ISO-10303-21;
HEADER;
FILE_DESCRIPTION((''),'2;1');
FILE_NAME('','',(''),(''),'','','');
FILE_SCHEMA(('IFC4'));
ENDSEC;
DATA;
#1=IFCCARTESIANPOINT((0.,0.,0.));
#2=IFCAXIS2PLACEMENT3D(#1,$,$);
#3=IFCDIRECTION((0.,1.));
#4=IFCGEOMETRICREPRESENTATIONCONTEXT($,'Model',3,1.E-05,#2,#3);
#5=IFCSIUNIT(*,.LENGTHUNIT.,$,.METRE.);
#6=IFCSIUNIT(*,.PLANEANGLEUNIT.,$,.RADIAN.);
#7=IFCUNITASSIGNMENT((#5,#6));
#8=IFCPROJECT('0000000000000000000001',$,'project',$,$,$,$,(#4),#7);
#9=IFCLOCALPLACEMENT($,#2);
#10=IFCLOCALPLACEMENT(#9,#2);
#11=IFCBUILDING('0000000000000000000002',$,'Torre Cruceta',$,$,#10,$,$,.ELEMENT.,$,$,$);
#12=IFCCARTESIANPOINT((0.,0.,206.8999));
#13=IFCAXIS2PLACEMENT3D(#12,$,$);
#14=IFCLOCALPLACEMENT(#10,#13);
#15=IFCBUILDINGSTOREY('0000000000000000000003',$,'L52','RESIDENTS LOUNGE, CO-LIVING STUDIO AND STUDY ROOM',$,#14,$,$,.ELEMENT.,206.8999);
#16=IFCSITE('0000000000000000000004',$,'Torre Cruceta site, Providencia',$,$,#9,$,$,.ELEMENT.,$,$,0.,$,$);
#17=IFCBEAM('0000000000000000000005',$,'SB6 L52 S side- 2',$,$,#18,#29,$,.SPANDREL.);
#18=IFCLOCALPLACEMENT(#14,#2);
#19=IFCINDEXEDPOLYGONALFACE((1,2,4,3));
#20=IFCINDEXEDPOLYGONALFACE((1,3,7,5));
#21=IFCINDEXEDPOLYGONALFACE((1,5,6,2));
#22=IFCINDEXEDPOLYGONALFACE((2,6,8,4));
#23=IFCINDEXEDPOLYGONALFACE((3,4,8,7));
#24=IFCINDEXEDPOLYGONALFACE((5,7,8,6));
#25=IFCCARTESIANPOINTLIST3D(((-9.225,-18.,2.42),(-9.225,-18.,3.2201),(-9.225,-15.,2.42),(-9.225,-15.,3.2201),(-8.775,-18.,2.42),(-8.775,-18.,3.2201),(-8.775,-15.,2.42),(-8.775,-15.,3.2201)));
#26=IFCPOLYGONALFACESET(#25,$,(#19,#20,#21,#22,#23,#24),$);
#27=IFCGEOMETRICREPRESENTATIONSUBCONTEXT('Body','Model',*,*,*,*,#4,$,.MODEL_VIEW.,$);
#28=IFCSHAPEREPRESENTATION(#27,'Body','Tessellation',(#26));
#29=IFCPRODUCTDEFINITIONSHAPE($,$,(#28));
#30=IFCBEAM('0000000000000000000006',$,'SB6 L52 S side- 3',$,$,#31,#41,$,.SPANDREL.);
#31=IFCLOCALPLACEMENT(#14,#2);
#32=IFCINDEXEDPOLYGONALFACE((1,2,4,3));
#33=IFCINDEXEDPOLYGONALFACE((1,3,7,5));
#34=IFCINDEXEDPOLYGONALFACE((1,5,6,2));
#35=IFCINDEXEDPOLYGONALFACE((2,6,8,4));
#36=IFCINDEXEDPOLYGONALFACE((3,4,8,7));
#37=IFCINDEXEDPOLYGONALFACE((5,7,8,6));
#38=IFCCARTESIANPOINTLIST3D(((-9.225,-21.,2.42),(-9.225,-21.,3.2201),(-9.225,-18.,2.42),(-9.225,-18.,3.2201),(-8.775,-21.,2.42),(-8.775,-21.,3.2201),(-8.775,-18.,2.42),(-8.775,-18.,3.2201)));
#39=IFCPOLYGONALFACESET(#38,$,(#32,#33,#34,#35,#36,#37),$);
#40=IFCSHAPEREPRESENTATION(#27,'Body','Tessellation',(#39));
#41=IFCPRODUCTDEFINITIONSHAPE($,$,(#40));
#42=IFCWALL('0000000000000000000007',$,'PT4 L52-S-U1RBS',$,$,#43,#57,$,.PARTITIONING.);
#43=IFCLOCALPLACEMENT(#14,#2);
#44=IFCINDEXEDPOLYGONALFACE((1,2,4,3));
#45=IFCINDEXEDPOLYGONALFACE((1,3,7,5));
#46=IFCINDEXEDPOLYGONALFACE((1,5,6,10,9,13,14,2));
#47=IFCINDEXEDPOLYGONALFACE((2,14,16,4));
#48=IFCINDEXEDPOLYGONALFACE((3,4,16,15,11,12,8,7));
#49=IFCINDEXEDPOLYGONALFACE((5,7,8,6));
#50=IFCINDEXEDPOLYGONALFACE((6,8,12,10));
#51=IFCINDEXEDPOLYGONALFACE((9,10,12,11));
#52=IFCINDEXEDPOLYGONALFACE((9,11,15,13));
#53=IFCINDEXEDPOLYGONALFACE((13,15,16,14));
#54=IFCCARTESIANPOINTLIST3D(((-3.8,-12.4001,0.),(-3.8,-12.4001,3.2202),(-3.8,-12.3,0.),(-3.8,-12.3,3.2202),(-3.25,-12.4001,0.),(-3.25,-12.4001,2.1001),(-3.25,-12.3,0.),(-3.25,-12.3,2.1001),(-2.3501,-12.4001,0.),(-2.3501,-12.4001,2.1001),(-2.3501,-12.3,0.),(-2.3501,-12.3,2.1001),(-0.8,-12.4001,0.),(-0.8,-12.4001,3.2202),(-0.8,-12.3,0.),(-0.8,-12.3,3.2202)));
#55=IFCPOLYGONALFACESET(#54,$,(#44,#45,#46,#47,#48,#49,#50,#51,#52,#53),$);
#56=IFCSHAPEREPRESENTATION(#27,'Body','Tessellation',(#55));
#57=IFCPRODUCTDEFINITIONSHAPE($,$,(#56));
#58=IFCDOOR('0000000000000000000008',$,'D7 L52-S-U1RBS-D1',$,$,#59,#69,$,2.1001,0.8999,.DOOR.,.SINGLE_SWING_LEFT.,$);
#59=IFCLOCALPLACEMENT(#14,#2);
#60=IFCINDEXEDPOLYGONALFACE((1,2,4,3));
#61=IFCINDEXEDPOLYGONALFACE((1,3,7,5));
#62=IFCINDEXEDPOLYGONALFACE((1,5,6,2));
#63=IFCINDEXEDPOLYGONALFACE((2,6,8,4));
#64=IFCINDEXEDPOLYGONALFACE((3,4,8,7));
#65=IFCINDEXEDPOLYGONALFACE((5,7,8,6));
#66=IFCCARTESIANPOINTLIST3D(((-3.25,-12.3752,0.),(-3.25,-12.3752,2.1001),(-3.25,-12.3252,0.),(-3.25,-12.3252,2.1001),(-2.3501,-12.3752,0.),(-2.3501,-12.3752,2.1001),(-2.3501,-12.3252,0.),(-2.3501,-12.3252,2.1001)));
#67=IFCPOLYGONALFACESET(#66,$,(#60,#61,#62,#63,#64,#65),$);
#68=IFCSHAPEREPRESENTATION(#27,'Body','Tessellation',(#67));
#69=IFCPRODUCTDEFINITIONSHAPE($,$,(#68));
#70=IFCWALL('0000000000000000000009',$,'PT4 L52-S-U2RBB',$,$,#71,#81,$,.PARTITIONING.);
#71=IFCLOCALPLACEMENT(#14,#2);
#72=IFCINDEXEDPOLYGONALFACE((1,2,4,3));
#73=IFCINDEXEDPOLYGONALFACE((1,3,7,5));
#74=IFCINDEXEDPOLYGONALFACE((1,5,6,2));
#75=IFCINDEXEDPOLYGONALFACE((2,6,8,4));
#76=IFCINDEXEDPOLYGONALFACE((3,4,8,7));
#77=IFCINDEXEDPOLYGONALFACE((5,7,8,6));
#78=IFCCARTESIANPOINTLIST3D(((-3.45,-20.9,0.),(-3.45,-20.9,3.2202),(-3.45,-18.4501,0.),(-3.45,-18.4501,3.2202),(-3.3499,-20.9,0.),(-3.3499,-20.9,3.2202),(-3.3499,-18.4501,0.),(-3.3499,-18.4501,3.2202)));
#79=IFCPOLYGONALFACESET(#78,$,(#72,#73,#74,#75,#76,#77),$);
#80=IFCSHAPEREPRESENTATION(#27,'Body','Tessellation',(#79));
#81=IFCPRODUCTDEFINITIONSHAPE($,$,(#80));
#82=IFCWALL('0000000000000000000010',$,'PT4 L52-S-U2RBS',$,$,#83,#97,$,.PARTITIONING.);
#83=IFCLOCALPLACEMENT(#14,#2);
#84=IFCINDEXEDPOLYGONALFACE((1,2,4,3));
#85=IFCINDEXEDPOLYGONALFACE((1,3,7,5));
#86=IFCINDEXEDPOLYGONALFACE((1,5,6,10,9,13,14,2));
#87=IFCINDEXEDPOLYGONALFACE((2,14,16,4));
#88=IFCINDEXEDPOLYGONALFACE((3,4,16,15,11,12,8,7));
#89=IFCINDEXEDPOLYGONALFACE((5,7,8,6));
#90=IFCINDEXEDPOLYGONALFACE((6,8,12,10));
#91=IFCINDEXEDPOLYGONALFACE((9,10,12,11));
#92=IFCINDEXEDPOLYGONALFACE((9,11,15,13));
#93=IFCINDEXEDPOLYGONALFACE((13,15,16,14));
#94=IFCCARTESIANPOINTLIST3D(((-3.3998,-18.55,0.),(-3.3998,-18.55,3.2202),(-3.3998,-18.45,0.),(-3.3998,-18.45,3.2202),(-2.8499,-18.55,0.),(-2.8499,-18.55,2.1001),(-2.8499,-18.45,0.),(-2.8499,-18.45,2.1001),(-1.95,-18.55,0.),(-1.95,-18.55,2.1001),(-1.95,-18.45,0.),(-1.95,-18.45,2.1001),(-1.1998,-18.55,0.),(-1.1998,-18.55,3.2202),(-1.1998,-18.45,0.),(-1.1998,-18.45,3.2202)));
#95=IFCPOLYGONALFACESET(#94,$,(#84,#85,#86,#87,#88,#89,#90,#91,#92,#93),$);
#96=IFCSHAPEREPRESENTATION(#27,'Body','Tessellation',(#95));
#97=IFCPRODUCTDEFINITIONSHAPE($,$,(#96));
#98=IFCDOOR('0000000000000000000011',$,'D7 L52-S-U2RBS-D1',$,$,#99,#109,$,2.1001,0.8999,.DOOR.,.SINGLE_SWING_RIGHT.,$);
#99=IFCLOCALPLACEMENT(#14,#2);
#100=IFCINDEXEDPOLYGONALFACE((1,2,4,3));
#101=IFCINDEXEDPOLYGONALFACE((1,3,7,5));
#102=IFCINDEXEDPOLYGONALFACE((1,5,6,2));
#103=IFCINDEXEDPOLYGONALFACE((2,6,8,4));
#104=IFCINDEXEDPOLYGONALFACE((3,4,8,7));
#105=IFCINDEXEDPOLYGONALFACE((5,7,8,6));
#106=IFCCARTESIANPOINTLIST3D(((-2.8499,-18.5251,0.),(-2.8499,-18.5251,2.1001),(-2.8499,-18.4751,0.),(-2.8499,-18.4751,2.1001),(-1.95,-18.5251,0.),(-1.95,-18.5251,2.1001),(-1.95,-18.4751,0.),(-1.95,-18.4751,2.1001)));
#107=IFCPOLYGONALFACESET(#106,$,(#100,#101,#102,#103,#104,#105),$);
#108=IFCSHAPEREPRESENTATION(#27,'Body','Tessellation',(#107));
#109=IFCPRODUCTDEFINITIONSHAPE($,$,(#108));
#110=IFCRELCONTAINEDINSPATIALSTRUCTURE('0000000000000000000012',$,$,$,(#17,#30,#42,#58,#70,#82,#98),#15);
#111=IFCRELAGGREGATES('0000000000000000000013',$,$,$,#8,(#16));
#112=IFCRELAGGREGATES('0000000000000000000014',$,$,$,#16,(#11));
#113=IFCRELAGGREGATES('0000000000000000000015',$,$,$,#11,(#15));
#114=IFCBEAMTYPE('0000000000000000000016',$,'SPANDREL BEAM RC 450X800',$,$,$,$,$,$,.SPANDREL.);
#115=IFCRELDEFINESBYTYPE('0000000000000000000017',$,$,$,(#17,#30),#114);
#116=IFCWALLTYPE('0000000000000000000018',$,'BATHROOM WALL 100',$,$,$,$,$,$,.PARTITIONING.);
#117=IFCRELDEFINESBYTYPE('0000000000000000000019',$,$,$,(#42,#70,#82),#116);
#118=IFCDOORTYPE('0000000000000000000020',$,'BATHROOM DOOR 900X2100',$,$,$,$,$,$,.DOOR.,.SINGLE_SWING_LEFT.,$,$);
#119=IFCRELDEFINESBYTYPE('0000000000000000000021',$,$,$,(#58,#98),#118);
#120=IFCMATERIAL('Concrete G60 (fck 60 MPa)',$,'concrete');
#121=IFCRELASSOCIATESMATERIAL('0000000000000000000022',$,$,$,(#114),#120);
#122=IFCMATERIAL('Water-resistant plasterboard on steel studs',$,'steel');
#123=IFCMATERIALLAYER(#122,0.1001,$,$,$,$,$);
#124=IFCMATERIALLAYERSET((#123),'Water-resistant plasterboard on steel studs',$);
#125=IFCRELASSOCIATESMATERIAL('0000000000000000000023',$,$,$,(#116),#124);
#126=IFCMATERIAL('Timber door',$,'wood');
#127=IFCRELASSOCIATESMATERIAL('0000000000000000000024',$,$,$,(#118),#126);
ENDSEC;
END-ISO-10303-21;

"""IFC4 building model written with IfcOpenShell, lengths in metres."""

from ifc_helpers import new_model, si_unit, direction, frame, frame_2d, origin, origin_2d, place, context, subcontext, project, spatial, rectangle, extrude, material, layer, layer_set, material_profile, profile_set, type_object, element, fill, save


model = new_model("IFC4")

# Units and contexts
model_context = context("Model", 3, precision=1e-05, world=origin(), true_north=direction((0.0, 1.0)))
body_context = subcontext(model_context, "Body", "Model", "MODEL_VIEW")
ifc_project = project(units=[si_unit("LENGTHUNIT", "METRE"), si_unit("PLANEANGLEUNIT", "RADIAN")], contexts=[model_context])

# Site, building, storey
site_placement = place(None, origin())
site = spatial("IfcSite", under=ifc_project, at=site_placement, Name="Torre Cruceta site, Providencia", CompositionType="ELEMENT", RefElevation=0.0)
building_placement = place(site_placement, origin())
building = spatial("IfcBuilding", under=site, at=building_placement, Name="Torre Cruceta", CompositionType="ELEMENT")
storey_placement = place(building_placement, frame((0.0, 0.0, 206.8999)))
storey = spatial("IfcBuildingStorey", under=building, at=storey_placement, Name="L52", Description="RESIDENTS LOUNGE, CO-LIVING STUDIO AND STUDY ROOM", CompositionType="ELEMENT", Elevation=206.8999)

# Beams
ifc_material_1 = material(Name="Concrete G60 (fck 60 MPa)", Category="concrete")
ifc_material_profile_1 = material_profile(ifc_material_1, rectangle(XDim=0.45, YDim=0.8, at=origin_2d()), Name="RC 450X800")
ifc_profile_set_1 = profile_set([ifc_material_profile_1], Name="Concrete G60 (fck 60 MPa)")
beam_type_1 = type_object("IfcBeamType", Name="SPANDREL BEAM RC 450X800", PredefinedType="SPANDREL", material=ifc_profile_set_1)
for number, where, z_axis, x_axis, name in (
    (1, (-9.0, -15.0, 2.8201), (0.0, -1.0, 0.0), (1.0, 0.0, 0.0), "SB6 L52 S side- 2"),
    (2, (-9.0, -18.0, 2.8201), (0.0, -1.0, 0.0), (1.0, 0.0, 0.0), "SB6 L52 S side- 3"),
):
    element("IfcBeam", number, at=place(storey_placement, frame(where, z_axis=z_axis, x_axis=x_axis)), inside=storey, type_object=beam_type_1, Name=name, PredefinedType="SPANDREL", context=body_context, shape_type="SweptSolid", body=[
        extrude(rectangle(XDim=0.45, YDim=0.8, at=origin_2d()), origin(), (0.0, 0.0, 1.0), 3.0),
    ])

# Wall, opening, door
ifc_material_2 = material(Name="Water-resistant plasterboard on steel studs", Category="steel")
ifc_layer_1 = layer(ifc_material_2, 0.1001)
ifc_layer_set_1 = layer_set([ifc_layer_1], Name="Water-resistant plasterboard on steel studs")
wall_type_1 = type_object("IfcWallType", Name="BATHROOM WALL 100", PredefinedType="PARTITIONING", material=ifc_layer_set_1)
wall_1_placement = place(storey_placement, frame((-3.8, -12.3501, 0.0), z_axis=(0.0, 0.0, 1.0), x_axis=(1.0, 0.0, 0.0)))
wall_1 = element("IfcWall", 3, at=wall_1_placement, inside=storey, type_object=wall_type_1, Name="PT4 L52-S-U1RBS", PredefinedType="PARTITIONING", context=body_context, shape_type="SweptSolid", body=[
    extrude(rectangle(XDim=3.0, YDim=0.1001, at=frame_2d((1.5, 0.0))), origin(), (0.0, 0.0, 1.0), 3.2202),
])
opening_1_placement = place(wall_1_placement, frame((0.55, 0.0, 0.0)))
opening_1 = element("IfcOpeningElement", 4, at=opening_1_placement, cuts=wall_1, PredefinedType="OPENING", context=body_context, shape_type="SweptSolid", body=[
    extrude(rectangle(XDim=0.8999, YDim=2.1001, at=frame_2d((0.45, 1.05))), frame((0.0, 0.0601, 0.0), z_axis=(0.0, -1.0, 0.0), x_axis=(1.0, 0.0, 0.0)), (0.0, 0.0, 1.0), 0.1201),
])
ifc_material_3 = material(Name="Timber door", Category="wood")
door_type = type_object("IfcDoorType", Name="BATHROOM DOOR 900X2100", OperationType="SINGLE_SWING_LEFT", PredefinedType="DOOR", material=ifc_material_3)
door_1_placement = place(opening_1_placement, origin())
door_1 = element("IfcDoor", 5, at=door_1_placement, inside=storey, type_object=door_type, Name="D7 L52-S-U1RBS-D1", OperationType="SINGLE_SWING_LEFT", OverallHeight=2.1001, OverallWidth=0.8999, PredefinedType="DOOR", context=body_context, shape_type="SweptSolid", body=[
    extrude(rectangle(XDim=0.8999, YDim=2.1001, at=frame_2d((0.45, 1.05))), frame((0.0, 0.0249, 0.0), z_axis=(0.0, -1.0, 0.0), x_axis=(1.0, 0.0, 0.0)), (0.0, 0.0, 1.0), 0.05),
])
fill(opening_1, door_1)

# Wall
wall_2_placement = place(storey_placement, frame((-3.3999, -18.45, 0.0), z_axis=(0.0, 0.0, 1.0), x_axis=(0.0, -1.0, 0.0)))
element("IfcWall", 6, at=wall_2_placement, inside=storey, type_object=wall_type_1, Name="PT4 L52-S-U2RBB", PredefinedType="PARTITIONING", context=body_context, shape_type="SweptSolid", body=[
    extrude(rectangle(XDim=2.45, YDim=0.1001, at=frame_2d((1.2251, 0.0))), origin(), (0.0, 0.0, 1.0), 3.2202),
])

# Wall, opening, door
wall_3_placement = place(storey_placement, frame((-3.3999, -18.5, 0.0), z_axis=(0.0, 0.0, 1.0), x_axis=(1.0, 0.0, 0.0)))
wall_3 = element("IfcWall", 7, at=wall_3_placement, inside=storey, type_object=wall_type_1, Name="PT4 L52-S-U2RBS", PredefinedType="PARTITIONING", context=body_context, shape_type="SweptSolid", body=[
    extrude(rectangle(XDim=2.2, YDim=0.1001, at=frame_2d((1.1001, 0.0))), origin(), (0.0, 0.0, 1.0), 3.2202),
])
opening_2_placement = place(wall_3_placement, frame((0.55, 0.0, 0.0)))
opening_2 = element("IfcOpeningElement", 8, at=opening_2_placement, cuts=wall_3, PredefinedType="OPENING", context=body_context, shape_type="SweptSolid", body=[
    extrude(rectangle(XDim=0.8999, YDim=2.1001, at=frame_2d((0.45, 1.05))), frame((0.0, 0.0601, 0.0), z_axis=(0.0, -1.0, 0.0), x_axis=(1.0, 0.0, 0.0)), (0.0, 0.0, 1.0), 0.1201),
])
door_2_placement = place(opening_2_placement, frame((0.8999, 0.0, 0.0), z_axis=(0.0, 0.0, 1.0), x_axis=(-1.0, 0.0, 0.0)))
door_2 = element("IfcDoor", 9, at=door_2_placement, inside=storey, type_object=door_type, Name="D7 L52-S-U2RBS-D1", OperationType="SINGLE_SWING_RIGHT", OverallHeight=2.1001, OverallWidth=0.8999, PredefinedType="DOOR", context=body_context, shape_type="SweptSolid", body=[
    extrude(rectangle(XDim=0.8999, YDim=2.1001, at=frame_2d((0.45, 1.05))), frame((0.0, 0.0251, 0.0), z_axis=(0.0, -1.0, 0.0), x_axis=(1.0, 0.0, 0.0)), (0.0, 0.0, 1.0), 0.05),
])
fill(opening_2, door_2)

save(model, "model.ifc")
